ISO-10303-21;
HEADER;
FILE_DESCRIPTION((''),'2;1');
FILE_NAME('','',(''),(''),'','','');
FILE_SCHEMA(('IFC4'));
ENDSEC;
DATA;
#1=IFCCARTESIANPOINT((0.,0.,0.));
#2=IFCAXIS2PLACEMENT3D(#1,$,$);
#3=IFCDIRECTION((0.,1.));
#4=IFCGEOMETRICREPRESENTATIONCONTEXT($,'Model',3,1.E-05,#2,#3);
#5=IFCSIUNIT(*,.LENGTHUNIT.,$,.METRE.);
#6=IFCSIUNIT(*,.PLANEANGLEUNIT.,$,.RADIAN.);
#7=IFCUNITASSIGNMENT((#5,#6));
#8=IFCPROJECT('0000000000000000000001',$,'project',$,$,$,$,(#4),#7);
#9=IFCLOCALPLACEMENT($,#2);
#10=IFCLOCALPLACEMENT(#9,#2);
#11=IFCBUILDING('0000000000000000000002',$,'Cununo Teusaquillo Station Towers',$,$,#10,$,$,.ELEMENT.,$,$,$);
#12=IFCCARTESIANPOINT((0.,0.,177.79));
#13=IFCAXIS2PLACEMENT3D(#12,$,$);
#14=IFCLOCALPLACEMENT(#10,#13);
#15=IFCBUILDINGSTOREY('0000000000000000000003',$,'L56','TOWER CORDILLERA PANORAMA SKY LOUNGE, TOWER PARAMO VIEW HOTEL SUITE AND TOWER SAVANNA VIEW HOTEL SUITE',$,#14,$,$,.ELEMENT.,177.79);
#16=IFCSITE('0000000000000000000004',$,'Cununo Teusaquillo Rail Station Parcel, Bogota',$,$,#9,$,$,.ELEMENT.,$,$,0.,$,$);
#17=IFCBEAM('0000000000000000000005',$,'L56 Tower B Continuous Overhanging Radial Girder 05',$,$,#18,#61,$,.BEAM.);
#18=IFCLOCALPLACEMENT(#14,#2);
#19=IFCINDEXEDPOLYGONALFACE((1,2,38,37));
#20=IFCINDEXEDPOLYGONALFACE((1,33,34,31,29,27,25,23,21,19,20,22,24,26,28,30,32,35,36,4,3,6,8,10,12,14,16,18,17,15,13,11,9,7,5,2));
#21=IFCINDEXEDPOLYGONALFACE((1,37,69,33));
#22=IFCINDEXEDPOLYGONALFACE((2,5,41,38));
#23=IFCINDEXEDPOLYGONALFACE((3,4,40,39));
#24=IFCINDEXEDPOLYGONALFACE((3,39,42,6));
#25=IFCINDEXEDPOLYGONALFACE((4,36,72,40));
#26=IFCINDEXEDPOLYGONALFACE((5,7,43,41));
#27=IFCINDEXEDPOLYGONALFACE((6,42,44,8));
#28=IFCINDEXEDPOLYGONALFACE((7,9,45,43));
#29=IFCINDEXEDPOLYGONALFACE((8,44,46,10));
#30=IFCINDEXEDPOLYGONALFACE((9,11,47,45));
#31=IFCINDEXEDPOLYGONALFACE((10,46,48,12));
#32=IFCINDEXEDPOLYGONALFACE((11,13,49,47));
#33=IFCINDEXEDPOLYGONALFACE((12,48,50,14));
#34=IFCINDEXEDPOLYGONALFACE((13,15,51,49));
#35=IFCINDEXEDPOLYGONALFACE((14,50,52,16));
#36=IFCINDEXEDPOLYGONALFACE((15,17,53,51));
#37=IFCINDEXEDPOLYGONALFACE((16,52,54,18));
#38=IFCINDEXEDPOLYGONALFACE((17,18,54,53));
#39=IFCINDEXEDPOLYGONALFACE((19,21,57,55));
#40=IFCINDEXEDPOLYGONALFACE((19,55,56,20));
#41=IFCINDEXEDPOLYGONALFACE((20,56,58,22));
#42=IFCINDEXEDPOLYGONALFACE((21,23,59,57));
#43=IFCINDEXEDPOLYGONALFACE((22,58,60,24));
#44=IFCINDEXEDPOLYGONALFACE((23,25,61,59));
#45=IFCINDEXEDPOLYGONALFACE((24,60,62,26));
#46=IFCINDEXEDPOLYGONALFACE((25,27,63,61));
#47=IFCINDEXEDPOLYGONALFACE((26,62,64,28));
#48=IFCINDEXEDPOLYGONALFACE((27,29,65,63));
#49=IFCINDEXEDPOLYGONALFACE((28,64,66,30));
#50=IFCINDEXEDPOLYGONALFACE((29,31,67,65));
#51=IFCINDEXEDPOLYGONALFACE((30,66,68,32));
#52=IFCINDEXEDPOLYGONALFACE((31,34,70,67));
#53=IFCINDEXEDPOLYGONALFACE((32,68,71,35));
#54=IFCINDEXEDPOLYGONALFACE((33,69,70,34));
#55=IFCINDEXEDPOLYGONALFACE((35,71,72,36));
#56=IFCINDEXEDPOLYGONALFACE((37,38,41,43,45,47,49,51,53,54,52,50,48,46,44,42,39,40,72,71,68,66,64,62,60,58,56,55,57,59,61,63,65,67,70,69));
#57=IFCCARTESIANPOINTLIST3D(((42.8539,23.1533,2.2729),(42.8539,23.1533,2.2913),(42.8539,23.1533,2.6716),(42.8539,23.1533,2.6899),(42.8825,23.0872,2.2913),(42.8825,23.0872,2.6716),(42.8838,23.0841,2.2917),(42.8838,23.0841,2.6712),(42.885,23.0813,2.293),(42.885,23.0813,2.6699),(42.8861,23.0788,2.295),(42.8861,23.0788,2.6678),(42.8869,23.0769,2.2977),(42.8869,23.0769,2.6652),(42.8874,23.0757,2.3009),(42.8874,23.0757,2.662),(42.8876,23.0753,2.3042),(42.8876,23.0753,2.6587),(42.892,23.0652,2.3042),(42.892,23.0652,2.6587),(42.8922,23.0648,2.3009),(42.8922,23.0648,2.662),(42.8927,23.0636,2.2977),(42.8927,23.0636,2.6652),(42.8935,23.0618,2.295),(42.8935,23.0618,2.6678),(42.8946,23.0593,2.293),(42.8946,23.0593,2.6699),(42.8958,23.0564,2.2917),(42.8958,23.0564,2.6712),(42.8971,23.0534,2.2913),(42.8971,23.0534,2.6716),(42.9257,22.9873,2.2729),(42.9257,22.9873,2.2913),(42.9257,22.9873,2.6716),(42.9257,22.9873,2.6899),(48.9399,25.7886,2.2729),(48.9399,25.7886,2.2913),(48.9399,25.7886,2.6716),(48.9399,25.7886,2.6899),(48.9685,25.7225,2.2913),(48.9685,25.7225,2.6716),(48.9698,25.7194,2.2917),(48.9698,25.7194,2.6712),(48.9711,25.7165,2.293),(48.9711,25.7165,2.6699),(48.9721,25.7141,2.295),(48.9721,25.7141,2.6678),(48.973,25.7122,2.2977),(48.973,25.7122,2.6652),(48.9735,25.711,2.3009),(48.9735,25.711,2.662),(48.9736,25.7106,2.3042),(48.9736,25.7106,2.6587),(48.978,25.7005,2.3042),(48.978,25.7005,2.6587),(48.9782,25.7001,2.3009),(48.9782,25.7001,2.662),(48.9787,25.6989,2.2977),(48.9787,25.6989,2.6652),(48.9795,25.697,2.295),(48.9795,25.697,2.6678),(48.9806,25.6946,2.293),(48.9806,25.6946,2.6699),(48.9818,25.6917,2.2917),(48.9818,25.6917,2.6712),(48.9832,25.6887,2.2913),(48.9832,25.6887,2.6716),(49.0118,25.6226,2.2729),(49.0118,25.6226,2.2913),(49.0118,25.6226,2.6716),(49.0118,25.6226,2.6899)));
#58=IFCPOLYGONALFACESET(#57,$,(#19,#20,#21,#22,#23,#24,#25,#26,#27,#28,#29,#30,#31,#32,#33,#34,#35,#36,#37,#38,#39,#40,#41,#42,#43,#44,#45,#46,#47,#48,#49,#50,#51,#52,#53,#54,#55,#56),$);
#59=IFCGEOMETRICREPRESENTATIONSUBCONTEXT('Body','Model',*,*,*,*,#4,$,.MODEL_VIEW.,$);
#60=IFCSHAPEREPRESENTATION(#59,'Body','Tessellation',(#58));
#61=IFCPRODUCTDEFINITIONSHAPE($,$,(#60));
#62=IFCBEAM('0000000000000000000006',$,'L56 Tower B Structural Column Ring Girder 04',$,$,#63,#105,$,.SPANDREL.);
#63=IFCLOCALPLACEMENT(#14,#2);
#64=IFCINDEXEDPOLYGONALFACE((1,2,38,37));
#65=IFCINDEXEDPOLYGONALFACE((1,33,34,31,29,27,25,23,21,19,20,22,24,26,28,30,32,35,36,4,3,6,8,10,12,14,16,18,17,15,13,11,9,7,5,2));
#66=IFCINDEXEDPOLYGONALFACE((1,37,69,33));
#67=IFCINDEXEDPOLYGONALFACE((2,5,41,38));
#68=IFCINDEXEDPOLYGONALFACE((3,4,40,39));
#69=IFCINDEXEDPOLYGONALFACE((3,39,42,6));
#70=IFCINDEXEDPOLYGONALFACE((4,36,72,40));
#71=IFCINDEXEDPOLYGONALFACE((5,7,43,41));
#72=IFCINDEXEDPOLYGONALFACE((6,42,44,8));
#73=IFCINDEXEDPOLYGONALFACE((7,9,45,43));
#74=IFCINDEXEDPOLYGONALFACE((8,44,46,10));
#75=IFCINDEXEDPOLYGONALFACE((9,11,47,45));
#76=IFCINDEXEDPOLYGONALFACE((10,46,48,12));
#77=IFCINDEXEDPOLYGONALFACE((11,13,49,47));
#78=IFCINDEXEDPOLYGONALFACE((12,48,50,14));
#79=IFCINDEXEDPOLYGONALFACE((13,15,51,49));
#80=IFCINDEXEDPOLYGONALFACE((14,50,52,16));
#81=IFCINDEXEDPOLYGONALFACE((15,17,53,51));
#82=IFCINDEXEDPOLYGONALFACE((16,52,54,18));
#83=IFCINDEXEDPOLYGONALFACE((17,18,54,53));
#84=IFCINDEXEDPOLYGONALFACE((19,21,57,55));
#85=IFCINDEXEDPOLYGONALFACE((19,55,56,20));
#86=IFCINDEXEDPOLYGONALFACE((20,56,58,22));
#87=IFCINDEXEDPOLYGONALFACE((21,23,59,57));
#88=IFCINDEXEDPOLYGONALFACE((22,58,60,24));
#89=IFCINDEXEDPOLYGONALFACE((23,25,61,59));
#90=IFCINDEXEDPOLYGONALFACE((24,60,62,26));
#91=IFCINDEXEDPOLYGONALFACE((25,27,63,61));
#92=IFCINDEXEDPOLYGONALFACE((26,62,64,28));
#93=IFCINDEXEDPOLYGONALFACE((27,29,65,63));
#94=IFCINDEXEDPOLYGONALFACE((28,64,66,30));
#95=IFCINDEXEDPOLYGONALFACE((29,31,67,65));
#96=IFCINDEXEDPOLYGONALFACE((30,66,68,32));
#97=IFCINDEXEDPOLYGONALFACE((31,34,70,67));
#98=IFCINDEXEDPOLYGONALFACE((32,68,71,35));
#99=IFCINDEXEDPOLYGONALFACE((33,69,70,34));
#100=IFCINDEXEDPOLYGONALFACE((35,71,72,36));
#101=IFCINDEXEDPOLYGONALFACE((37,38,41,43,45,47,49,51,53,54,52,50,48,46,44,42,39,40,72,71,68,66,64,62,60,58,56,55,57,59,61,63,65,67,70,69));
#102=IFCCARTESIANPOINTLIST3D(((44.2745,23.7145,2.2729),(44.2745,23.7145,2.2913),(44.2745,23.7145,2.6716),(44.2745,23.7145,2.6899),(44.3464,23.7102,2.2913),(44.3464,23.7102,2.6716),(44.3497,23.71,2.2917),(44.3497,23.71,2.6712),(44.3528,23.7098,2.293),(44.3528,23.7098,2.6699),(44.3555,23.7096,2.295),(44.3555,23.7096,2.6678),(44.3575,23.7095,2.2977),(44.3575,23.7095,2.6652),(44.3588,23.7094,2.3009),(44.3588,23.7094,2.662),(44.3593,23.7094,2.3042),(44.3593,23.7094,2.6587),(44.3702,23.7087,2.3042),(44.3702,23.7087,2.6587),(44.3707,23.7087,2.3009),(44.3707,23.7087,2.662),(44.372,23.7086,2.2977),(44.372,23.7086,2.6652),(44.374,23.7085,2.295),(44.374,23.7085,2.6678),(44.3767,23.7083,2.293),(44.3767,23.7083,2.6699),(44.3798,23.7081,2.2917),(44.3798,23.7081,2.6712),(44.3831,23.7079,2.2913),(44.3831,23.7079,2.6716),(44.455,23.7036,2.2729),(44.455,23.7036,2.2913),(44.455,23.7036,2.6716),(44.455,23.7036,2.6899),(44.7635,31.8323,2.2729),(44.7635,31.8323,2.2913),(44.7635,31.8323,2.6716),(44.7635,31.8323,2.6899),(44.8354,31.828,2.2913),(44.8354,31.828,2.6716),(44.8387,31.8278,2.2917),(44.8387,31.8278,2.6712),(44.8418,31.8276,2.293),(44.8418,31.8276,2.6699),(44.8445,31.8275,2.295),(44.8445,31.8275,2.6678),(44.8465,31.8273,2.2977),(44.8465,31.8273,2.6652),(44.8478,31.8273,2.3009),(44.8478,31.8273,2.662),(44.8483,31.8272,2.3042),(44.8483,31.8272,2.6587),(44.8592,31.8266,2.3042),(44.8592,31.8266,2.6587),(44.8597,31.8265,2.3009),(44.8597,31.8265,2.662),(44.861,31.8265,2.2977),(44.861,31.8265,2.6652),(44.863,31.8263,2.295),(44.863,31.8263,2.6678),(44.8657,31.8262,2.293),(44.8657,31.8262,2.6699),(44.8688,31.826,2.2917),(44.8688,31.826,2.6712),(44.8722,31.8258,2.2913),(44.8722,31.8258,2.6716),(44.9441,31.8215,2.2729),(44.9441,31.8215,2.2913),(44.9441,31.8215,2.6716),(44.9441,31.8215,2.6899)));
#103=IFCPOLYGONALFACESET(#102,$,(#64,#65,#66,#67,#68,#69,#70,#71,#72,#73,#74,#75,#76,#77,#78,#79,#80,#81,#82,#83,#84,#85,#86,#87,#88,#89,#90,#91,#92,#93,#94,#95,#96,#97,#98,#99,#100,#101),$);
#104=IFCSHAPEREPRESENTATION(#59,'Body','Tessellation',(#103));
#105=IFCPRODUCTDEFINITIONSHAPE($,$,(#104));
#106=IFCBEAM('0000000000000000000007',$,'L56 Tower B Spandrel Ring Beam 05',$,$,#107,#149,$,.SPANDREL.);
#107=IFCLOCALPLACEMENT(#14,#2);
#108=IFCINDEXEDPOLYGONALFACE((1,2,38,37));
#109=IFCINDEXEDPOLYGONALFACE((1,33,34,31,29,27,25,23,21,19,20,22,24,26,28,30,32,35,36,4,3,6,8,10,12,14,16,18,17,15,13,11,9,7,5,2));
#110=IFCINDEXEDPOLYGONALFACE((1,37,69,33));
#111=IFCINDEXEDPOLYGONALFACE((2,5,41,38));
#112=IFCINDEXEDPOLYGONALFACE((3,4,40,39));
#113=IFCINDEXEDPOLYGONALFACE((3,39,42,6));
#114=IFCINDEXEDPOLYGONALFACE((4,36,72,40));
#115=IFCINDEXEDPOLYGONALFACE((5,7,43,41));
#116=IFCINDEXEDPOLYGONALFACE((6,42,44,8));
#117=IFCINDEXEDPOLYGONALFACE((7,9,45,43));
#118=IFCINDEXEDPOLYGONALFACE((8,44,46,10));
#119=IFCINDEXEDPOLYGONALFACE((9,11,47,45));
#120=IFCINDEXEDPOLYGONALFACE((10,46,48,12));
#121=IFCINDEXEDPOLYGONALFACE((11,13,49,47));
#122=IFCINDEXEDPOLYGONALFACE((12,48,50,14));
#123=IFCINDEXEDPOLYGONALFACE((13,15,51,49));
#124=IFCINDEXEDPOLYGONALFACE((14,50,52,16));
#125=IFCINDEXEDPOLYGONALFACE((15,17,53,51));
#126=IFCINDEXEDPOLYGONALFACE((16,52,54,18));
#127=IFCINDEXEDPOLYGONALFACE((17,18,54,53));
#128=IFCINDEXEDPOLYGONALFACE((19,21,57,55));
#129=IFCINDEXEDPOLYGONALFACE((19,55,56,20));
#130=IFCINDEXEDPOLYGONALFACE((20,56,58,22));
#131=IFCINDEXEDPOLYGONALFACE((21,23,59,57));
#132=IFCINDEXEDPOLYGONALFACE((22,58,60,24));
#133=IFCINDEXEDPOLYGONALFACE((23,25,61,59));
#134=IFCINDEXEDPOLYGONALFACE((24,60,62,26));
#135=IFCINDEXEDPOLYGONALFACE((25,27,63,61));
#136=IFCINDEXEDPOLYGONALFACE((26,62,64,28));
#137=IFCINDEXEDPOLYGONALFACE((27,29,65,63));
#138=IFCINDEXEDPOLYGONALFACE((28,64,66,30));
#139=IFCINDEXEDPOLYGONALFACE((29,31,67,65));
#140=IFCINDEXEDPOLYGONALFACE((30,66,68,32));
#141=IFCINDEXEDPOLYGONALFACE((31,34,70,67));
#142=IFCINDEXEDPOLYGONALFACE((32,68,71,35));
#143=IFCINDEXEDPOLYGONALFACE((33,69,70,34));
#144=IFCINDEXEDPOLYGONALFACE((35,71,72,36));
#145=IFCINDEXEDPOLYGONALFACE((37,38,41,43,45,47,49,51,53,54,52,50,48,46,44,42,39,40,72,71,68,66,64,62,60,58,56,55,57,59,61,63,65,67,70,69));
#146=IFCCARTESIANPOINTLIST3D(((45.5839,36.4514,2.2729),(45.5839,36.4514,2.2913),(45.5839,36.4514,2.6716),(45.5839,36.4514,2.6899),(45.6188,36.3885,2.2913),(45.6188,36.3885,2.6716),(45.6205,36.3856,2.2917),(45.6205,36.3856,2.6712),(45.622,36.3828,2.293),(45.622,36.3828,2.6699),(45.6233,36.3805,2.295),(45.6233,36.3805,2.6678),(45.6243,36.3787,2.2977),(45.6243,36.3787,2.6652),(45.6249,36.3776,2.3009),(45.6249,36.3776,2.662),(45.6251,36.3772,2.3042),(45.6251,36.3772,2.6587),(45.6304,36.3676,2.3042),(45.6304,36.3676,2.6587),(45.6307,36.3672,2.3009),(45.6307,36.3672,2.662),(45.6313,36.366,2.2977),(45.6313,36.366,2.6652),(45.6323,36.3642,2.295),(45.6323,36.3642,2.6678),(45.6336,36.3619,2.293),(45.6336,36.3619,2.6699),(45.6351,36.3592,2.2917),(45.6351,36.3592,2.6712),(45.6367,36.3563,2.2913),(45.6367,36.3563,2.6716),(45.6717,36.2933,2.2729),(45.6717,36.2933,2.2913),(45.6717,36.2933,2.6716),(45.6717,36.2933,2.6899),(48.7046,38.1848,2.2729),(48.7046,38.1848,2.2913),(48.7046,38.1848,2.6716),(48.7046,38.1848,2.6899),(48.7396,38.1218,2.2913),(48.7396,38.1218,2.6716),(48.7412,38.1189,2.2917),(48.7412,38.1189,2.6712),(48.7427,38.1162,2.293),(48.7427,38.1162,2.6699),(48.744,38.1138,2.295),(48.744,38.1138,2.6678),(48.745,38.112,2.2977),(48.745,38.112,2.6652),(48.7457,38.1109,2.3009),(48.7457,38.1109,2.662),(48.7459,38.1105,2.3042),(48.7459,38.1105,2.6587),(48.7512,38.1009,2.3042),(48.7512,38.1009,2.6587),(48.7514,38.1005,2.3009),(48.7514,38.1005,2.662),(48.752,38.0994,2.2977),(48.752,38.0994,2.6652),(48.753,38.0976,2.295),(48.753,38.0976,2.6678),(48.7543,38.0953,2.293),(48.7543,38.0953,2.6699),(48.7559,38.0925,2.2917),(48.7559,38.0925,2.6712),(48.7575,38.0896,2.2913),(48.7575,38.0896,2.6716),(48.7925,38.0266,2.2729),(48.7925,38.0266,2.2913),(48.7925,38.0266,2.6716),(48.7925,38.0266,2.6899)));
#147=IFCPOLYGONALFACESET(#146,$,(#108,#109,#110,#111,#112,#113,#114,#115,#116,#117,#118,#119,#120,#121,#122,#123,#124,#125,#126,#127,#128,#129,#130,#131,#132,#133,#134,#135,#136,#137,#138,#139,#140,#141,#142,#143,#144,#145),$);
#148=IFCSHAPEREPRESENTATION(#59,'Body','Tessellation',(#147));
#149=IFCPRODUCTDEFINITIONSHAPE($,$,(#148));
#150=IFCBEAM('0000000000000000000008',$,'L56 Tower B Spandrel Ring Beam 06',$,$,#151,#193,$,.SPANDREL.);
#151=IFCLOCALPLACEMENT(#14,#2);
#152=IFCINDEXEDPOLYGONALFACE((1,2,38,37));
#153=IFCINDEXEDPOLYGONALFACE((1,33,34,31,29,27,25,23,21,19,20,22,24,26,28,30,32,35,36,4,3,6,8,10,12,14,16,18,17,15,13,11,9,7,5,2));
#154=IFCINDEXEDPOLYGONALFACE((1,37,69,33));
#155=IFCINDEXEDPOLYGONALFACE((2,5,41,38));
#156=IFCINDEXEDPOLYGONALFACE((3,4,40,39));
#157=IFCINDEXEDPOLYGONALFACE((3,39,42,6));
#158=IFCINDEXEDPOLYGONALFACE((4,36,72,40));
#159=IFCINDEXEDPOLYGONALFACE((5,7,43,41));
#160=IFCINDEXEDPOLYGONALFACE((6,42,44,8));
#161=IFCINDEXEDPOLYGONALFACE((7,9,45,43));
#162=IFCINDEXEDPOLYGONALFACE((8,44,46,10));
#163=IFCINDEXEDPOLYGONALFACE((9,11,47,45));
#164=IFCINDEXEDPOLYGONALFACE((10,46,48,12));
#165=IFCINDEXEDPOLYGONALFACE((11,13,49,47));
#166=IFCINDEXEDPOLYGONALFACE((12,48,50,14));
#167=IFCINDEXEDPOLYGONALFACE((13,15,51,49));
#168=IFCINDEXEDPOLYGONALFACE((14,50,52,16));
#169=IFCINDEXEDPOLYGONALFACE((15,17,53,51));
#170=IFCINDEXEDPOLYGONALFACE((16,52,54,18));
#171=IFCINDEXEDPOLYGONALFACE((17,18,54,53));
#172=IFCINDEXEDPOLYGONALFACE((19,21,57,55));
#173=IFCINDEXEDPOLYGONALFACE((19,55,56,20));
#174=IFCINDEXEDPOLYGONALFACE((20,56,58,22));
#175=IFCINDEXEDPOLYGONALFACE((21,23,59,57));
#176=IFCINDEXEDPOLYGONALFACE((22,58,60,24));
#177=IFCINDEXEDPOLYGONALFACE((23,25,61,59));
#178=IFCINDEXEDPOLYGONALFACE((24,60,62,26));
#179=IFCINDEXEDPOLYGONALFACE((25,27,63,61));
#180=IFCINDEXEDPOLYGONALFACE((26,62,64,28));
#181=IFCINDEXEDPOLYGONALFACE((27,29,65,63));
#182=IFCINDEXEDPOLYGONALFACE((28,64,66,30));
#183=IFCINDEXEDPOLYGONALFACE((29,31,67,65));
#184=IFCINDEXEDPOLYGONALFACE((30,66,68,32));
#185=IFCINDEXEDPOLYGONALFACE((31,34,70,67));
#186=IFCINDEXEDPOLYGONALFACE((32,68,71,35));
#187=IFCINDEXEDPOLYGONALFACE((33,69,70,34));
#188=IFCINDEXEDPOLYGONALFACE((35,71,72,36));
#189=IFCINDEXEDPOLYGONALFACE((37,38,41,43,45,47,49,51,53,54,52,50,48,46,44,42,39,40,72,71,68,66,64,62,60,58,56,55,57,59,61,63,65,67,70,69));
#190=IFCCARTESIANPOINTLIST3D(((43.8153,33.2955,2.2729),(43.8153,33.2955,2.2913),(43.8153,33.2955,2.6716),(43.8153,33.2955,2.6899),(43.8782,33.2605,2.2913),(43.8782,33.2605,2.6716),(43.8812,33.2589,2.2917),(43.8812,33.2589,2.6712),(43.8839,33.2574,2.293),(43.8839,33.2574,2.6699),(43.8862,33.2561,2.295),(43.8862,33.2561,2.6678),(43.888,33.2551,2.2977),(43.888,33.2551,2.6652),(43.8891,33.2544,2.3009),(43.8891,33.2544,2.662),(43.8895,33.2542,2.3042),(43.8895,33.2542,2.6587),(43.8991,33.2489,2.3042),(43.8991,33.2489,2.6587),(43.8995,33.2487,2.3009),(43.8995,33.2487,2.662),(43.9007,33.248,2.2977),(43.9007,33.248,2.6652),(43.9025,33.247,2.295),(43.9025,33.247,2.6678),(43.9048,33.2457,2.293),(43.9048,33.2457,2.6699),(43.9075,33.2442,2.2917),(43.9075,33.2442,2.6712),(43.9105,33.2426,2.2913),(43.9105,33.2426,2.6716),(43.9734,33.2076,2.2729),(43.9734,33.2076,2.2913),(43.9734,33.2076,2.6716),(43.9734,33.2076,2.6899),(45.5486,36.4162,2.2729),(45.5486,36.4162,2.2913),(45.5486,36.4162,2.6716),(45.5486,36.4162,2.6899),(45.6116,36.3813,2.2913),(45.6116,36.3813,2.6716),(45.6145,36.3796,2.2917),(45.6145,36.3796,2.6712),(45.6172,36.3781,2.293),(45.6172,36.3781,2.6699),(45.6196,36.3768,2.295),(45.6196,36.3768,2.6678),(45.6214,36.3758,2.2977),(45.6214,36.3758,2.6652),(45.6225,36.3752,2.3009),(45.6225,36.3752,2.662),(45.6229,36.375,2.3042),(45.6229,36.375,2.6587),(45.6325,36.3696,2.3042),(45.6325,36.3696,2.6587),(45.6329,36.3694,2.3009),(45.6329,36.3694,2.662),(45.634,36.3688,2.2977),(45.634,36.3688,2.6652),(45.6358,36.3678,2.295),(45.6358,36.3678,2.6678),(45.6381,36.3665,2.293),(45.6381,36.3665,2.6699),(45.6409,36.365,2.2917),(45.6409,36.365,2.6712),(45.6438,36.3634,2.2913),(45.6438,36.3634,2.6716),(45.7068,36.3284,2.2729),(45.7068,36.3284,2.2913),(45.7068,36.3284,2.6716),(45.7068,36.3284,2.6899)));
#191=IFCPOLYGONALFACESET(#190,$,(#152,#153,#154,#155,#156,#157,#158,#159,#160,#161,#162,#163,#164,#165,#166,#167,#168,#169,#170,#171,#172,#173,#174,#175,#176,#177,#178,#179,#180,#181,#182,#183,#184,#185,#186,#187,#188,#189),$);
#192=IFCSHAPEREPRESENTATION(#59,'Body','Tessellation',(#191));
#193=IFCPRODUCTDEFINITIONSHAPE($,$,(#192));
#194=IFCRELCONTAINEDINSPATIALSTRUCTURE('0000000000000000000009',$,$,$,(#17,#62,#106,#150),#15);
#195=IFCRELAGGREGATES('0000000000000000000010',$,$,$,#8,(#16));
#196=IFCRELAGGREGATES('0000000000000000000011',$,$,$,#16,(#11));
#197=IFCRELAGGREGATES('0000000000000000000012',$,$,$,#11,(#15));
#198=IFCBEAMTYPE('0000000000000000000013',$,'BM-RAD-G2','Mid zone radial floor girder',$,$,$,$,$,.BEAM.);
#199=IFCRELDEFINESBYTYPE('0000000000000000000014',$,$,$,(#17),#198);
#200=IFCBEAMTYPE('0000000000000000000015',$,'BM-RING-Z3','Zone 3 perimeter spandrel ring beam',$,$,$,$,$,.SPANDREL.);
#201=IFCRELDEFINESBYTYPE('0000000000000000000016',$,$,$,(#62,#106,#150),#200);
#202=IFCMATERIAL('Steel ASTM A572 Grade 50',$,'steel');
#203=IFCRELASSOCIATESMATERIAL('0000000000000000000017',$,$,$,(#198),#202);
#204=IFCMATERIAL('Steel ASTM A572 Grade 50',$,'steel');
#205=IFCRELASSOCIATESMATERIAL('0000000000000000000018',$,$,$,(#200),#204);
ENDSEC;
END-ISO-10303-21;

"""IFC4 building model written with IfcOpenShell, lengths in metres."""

from ifc_helpers import new_model, si_unit, direction, frame, origin, origin_2d, place, context, subcontext, project, spatial, i_section, extrude, material, material_profile, profile_set, type_object, element, save


model = new_model("IFC4")

# Units and contexts
model_context = context("Model", 3, precision=1e-05, world=origin(), true_north=direction((0.0, 1.0)))
body_context = subcontext(model_context, "Body", "Model", "MODEL_VIEW")
ifc_project = project(units=[si_unit("LENGTHUNIT", "METRE"), si_unit("PLANEANGLEUNIT", "RADIAN")], contexts=[model_context])

# Site, building, storey
site_placement = place(None, origin())
site = spatial("IfcSite", under=ifc_project, at=site_placement, Name="Cununo Teusaquillo Rail Station Parcel, Bogota", CompositionType="ELEMENT", RefElevation=0.0)
building_placement = place(site_placement, origin())
building = spatial("IfcBuilding", under=site, at=building_placement, Name="Cununo Teusaquillo Station Towers", CompositionType="ELEMENT")
storey_placement = place(building_placement, frame((0.0, 0.0, 177.79)))
storey = spatial("IfcBuildingStorey", under=building, at=storey_placement, Name="L56", Description="TOWER CORDILLERA PANORAMA SKY LOUNGE, TOWER PARAMO VIEW HOTEL SUITE AND TOWER SAVANNA VIEW HOTEL SUITE", CompositionType="ELEMENT", Elevation=177.79)

# Beams
ifc_material_1 = material(Name="Steel ASTM A572 Grade 50", Category="steel")
ifc_material_profile_1 = material_profile(ifc_material_1, i_section(OverallWidth=0.1809, OverallDepth=0.417, WebThickness=0.011, FlangeThickness=0.0183, FilletRadius=0.0129, at=origin_2d()), Name="W16X57")
ifc_profile_set_1 = profile_set([ifc_material_profile_1], Name="Steel ASTM A572 Grade 50")
beam_type_1 = type_object("IfcBeamType", Name="BM-RAD-G2", Description="Mid zone radial floor girder", PredefinedType="BEAM", material=ifc_profile_set_1)
beam_1_placement = place(storey_placement, frame((48.9758, 25.7056, 2.4814), z_axis=(-0.917665, -0.397355, 0.0), x_axis=(0.397355, -0.917665, 0.0)))
element("IfcBeam", 1, at=beam_1_placement, inside=storey, type_object=beam_type_1, Name="L56 Tower B Continuous Overhanging Radial Girder 05", PredefinedType="BEAM", context=body_context, shape_type="SweptSolid", body=[
    extrude(i_section(OverallWidth=0.1809, OverallDepth=0.417, WebThickness=0.011, FlangeThickness=0.0183, FilletRadius=0.0129, at=origin_2d()), origin(), (0.0, 0.0, 1.0), 6.6321),
])
ifc_material_2 = material(Name="Steel ASTM A572 Grade 50", Category="steel")
ifc_material_profile_2 = material_profile(ifc_material_2, i_section(OverallWidth=0.1809, OverallDepth=0.417, WebThickness=0.011, FlangeThickness=0.0183, FilletRadius=0.0129, at=origin_2d()), Name="W16X57")
ifc_profile_set_2 = profile_set([ifc_material_profile_2], Name="Steel ASTM A572 Grade 50")
beam_type_2 = type_object("IfcBeamType", Name="BM-RING-Z3", Description="Zone 3 perimeter spandrel ring beam", PredefinedType="SPANDREL", material=ifc_profile_set_2)
beam_2_placement = place(storey_placement, frame((44.8538, 31.8269, 2.4814), z_axis=(-0.06013, -0.998191, 0.0), x_axis=(0.998191, -0.06013, 0.0)))
element("IfcBeam", 2, at=beam_2_placement, inside=storey, type_object=beam_type_2, Name="L56 Tower B Structural Column Ring Girder 04", PredefinedType="SPANDREL", context=body_context, shape_type="SweptSolid", body=[
    extrude(i_section(OverallWidth=0.1809, OverallDepth=0.417, WebThickness=0.011, FlangeThickness=0.0183, FilletRadius=0.0129, at=origin_2d()), origin(), (0.0, 0.0, 1.0), 8.1326),
])
for number, where, z_axis, x_axis, name in (
    (3, (48.7485, 38.1057, 2.4814), (-0.874206, -0.485556, 0.0), (0.485556, -0.874206, 0.0), "L56 Tower B Spandrel Ring Beam 05"),
    (4, (45.6277, 36.3723, 2.4814), (-0.485556, -0.874206, 0.0), (0.874206, -0.485556, 0.0), "L56 Tower B Spandrel Ring Beam 06"),
):
    element("IfcBeam", number, at=place(storey_placement, frame(where, z_axis=z_axis, x_axis=x_axis)), inside=storey, type_object=beam_type_2, Name=name, PredefinedType="SPANDREL", context=body_context, shape_type="SweptSolid", body=[
        extrude(i_section(OverallWidth=0.1809, OverallDepth=0.417, WebThickness=0.011, FlangeThickness=0.0183, FilletRadius=0.0129, at=origin_2d()), origin(), (0.0, 0.0, 1.0), 3.5698),
    ])

save(model, "model.ifc")
